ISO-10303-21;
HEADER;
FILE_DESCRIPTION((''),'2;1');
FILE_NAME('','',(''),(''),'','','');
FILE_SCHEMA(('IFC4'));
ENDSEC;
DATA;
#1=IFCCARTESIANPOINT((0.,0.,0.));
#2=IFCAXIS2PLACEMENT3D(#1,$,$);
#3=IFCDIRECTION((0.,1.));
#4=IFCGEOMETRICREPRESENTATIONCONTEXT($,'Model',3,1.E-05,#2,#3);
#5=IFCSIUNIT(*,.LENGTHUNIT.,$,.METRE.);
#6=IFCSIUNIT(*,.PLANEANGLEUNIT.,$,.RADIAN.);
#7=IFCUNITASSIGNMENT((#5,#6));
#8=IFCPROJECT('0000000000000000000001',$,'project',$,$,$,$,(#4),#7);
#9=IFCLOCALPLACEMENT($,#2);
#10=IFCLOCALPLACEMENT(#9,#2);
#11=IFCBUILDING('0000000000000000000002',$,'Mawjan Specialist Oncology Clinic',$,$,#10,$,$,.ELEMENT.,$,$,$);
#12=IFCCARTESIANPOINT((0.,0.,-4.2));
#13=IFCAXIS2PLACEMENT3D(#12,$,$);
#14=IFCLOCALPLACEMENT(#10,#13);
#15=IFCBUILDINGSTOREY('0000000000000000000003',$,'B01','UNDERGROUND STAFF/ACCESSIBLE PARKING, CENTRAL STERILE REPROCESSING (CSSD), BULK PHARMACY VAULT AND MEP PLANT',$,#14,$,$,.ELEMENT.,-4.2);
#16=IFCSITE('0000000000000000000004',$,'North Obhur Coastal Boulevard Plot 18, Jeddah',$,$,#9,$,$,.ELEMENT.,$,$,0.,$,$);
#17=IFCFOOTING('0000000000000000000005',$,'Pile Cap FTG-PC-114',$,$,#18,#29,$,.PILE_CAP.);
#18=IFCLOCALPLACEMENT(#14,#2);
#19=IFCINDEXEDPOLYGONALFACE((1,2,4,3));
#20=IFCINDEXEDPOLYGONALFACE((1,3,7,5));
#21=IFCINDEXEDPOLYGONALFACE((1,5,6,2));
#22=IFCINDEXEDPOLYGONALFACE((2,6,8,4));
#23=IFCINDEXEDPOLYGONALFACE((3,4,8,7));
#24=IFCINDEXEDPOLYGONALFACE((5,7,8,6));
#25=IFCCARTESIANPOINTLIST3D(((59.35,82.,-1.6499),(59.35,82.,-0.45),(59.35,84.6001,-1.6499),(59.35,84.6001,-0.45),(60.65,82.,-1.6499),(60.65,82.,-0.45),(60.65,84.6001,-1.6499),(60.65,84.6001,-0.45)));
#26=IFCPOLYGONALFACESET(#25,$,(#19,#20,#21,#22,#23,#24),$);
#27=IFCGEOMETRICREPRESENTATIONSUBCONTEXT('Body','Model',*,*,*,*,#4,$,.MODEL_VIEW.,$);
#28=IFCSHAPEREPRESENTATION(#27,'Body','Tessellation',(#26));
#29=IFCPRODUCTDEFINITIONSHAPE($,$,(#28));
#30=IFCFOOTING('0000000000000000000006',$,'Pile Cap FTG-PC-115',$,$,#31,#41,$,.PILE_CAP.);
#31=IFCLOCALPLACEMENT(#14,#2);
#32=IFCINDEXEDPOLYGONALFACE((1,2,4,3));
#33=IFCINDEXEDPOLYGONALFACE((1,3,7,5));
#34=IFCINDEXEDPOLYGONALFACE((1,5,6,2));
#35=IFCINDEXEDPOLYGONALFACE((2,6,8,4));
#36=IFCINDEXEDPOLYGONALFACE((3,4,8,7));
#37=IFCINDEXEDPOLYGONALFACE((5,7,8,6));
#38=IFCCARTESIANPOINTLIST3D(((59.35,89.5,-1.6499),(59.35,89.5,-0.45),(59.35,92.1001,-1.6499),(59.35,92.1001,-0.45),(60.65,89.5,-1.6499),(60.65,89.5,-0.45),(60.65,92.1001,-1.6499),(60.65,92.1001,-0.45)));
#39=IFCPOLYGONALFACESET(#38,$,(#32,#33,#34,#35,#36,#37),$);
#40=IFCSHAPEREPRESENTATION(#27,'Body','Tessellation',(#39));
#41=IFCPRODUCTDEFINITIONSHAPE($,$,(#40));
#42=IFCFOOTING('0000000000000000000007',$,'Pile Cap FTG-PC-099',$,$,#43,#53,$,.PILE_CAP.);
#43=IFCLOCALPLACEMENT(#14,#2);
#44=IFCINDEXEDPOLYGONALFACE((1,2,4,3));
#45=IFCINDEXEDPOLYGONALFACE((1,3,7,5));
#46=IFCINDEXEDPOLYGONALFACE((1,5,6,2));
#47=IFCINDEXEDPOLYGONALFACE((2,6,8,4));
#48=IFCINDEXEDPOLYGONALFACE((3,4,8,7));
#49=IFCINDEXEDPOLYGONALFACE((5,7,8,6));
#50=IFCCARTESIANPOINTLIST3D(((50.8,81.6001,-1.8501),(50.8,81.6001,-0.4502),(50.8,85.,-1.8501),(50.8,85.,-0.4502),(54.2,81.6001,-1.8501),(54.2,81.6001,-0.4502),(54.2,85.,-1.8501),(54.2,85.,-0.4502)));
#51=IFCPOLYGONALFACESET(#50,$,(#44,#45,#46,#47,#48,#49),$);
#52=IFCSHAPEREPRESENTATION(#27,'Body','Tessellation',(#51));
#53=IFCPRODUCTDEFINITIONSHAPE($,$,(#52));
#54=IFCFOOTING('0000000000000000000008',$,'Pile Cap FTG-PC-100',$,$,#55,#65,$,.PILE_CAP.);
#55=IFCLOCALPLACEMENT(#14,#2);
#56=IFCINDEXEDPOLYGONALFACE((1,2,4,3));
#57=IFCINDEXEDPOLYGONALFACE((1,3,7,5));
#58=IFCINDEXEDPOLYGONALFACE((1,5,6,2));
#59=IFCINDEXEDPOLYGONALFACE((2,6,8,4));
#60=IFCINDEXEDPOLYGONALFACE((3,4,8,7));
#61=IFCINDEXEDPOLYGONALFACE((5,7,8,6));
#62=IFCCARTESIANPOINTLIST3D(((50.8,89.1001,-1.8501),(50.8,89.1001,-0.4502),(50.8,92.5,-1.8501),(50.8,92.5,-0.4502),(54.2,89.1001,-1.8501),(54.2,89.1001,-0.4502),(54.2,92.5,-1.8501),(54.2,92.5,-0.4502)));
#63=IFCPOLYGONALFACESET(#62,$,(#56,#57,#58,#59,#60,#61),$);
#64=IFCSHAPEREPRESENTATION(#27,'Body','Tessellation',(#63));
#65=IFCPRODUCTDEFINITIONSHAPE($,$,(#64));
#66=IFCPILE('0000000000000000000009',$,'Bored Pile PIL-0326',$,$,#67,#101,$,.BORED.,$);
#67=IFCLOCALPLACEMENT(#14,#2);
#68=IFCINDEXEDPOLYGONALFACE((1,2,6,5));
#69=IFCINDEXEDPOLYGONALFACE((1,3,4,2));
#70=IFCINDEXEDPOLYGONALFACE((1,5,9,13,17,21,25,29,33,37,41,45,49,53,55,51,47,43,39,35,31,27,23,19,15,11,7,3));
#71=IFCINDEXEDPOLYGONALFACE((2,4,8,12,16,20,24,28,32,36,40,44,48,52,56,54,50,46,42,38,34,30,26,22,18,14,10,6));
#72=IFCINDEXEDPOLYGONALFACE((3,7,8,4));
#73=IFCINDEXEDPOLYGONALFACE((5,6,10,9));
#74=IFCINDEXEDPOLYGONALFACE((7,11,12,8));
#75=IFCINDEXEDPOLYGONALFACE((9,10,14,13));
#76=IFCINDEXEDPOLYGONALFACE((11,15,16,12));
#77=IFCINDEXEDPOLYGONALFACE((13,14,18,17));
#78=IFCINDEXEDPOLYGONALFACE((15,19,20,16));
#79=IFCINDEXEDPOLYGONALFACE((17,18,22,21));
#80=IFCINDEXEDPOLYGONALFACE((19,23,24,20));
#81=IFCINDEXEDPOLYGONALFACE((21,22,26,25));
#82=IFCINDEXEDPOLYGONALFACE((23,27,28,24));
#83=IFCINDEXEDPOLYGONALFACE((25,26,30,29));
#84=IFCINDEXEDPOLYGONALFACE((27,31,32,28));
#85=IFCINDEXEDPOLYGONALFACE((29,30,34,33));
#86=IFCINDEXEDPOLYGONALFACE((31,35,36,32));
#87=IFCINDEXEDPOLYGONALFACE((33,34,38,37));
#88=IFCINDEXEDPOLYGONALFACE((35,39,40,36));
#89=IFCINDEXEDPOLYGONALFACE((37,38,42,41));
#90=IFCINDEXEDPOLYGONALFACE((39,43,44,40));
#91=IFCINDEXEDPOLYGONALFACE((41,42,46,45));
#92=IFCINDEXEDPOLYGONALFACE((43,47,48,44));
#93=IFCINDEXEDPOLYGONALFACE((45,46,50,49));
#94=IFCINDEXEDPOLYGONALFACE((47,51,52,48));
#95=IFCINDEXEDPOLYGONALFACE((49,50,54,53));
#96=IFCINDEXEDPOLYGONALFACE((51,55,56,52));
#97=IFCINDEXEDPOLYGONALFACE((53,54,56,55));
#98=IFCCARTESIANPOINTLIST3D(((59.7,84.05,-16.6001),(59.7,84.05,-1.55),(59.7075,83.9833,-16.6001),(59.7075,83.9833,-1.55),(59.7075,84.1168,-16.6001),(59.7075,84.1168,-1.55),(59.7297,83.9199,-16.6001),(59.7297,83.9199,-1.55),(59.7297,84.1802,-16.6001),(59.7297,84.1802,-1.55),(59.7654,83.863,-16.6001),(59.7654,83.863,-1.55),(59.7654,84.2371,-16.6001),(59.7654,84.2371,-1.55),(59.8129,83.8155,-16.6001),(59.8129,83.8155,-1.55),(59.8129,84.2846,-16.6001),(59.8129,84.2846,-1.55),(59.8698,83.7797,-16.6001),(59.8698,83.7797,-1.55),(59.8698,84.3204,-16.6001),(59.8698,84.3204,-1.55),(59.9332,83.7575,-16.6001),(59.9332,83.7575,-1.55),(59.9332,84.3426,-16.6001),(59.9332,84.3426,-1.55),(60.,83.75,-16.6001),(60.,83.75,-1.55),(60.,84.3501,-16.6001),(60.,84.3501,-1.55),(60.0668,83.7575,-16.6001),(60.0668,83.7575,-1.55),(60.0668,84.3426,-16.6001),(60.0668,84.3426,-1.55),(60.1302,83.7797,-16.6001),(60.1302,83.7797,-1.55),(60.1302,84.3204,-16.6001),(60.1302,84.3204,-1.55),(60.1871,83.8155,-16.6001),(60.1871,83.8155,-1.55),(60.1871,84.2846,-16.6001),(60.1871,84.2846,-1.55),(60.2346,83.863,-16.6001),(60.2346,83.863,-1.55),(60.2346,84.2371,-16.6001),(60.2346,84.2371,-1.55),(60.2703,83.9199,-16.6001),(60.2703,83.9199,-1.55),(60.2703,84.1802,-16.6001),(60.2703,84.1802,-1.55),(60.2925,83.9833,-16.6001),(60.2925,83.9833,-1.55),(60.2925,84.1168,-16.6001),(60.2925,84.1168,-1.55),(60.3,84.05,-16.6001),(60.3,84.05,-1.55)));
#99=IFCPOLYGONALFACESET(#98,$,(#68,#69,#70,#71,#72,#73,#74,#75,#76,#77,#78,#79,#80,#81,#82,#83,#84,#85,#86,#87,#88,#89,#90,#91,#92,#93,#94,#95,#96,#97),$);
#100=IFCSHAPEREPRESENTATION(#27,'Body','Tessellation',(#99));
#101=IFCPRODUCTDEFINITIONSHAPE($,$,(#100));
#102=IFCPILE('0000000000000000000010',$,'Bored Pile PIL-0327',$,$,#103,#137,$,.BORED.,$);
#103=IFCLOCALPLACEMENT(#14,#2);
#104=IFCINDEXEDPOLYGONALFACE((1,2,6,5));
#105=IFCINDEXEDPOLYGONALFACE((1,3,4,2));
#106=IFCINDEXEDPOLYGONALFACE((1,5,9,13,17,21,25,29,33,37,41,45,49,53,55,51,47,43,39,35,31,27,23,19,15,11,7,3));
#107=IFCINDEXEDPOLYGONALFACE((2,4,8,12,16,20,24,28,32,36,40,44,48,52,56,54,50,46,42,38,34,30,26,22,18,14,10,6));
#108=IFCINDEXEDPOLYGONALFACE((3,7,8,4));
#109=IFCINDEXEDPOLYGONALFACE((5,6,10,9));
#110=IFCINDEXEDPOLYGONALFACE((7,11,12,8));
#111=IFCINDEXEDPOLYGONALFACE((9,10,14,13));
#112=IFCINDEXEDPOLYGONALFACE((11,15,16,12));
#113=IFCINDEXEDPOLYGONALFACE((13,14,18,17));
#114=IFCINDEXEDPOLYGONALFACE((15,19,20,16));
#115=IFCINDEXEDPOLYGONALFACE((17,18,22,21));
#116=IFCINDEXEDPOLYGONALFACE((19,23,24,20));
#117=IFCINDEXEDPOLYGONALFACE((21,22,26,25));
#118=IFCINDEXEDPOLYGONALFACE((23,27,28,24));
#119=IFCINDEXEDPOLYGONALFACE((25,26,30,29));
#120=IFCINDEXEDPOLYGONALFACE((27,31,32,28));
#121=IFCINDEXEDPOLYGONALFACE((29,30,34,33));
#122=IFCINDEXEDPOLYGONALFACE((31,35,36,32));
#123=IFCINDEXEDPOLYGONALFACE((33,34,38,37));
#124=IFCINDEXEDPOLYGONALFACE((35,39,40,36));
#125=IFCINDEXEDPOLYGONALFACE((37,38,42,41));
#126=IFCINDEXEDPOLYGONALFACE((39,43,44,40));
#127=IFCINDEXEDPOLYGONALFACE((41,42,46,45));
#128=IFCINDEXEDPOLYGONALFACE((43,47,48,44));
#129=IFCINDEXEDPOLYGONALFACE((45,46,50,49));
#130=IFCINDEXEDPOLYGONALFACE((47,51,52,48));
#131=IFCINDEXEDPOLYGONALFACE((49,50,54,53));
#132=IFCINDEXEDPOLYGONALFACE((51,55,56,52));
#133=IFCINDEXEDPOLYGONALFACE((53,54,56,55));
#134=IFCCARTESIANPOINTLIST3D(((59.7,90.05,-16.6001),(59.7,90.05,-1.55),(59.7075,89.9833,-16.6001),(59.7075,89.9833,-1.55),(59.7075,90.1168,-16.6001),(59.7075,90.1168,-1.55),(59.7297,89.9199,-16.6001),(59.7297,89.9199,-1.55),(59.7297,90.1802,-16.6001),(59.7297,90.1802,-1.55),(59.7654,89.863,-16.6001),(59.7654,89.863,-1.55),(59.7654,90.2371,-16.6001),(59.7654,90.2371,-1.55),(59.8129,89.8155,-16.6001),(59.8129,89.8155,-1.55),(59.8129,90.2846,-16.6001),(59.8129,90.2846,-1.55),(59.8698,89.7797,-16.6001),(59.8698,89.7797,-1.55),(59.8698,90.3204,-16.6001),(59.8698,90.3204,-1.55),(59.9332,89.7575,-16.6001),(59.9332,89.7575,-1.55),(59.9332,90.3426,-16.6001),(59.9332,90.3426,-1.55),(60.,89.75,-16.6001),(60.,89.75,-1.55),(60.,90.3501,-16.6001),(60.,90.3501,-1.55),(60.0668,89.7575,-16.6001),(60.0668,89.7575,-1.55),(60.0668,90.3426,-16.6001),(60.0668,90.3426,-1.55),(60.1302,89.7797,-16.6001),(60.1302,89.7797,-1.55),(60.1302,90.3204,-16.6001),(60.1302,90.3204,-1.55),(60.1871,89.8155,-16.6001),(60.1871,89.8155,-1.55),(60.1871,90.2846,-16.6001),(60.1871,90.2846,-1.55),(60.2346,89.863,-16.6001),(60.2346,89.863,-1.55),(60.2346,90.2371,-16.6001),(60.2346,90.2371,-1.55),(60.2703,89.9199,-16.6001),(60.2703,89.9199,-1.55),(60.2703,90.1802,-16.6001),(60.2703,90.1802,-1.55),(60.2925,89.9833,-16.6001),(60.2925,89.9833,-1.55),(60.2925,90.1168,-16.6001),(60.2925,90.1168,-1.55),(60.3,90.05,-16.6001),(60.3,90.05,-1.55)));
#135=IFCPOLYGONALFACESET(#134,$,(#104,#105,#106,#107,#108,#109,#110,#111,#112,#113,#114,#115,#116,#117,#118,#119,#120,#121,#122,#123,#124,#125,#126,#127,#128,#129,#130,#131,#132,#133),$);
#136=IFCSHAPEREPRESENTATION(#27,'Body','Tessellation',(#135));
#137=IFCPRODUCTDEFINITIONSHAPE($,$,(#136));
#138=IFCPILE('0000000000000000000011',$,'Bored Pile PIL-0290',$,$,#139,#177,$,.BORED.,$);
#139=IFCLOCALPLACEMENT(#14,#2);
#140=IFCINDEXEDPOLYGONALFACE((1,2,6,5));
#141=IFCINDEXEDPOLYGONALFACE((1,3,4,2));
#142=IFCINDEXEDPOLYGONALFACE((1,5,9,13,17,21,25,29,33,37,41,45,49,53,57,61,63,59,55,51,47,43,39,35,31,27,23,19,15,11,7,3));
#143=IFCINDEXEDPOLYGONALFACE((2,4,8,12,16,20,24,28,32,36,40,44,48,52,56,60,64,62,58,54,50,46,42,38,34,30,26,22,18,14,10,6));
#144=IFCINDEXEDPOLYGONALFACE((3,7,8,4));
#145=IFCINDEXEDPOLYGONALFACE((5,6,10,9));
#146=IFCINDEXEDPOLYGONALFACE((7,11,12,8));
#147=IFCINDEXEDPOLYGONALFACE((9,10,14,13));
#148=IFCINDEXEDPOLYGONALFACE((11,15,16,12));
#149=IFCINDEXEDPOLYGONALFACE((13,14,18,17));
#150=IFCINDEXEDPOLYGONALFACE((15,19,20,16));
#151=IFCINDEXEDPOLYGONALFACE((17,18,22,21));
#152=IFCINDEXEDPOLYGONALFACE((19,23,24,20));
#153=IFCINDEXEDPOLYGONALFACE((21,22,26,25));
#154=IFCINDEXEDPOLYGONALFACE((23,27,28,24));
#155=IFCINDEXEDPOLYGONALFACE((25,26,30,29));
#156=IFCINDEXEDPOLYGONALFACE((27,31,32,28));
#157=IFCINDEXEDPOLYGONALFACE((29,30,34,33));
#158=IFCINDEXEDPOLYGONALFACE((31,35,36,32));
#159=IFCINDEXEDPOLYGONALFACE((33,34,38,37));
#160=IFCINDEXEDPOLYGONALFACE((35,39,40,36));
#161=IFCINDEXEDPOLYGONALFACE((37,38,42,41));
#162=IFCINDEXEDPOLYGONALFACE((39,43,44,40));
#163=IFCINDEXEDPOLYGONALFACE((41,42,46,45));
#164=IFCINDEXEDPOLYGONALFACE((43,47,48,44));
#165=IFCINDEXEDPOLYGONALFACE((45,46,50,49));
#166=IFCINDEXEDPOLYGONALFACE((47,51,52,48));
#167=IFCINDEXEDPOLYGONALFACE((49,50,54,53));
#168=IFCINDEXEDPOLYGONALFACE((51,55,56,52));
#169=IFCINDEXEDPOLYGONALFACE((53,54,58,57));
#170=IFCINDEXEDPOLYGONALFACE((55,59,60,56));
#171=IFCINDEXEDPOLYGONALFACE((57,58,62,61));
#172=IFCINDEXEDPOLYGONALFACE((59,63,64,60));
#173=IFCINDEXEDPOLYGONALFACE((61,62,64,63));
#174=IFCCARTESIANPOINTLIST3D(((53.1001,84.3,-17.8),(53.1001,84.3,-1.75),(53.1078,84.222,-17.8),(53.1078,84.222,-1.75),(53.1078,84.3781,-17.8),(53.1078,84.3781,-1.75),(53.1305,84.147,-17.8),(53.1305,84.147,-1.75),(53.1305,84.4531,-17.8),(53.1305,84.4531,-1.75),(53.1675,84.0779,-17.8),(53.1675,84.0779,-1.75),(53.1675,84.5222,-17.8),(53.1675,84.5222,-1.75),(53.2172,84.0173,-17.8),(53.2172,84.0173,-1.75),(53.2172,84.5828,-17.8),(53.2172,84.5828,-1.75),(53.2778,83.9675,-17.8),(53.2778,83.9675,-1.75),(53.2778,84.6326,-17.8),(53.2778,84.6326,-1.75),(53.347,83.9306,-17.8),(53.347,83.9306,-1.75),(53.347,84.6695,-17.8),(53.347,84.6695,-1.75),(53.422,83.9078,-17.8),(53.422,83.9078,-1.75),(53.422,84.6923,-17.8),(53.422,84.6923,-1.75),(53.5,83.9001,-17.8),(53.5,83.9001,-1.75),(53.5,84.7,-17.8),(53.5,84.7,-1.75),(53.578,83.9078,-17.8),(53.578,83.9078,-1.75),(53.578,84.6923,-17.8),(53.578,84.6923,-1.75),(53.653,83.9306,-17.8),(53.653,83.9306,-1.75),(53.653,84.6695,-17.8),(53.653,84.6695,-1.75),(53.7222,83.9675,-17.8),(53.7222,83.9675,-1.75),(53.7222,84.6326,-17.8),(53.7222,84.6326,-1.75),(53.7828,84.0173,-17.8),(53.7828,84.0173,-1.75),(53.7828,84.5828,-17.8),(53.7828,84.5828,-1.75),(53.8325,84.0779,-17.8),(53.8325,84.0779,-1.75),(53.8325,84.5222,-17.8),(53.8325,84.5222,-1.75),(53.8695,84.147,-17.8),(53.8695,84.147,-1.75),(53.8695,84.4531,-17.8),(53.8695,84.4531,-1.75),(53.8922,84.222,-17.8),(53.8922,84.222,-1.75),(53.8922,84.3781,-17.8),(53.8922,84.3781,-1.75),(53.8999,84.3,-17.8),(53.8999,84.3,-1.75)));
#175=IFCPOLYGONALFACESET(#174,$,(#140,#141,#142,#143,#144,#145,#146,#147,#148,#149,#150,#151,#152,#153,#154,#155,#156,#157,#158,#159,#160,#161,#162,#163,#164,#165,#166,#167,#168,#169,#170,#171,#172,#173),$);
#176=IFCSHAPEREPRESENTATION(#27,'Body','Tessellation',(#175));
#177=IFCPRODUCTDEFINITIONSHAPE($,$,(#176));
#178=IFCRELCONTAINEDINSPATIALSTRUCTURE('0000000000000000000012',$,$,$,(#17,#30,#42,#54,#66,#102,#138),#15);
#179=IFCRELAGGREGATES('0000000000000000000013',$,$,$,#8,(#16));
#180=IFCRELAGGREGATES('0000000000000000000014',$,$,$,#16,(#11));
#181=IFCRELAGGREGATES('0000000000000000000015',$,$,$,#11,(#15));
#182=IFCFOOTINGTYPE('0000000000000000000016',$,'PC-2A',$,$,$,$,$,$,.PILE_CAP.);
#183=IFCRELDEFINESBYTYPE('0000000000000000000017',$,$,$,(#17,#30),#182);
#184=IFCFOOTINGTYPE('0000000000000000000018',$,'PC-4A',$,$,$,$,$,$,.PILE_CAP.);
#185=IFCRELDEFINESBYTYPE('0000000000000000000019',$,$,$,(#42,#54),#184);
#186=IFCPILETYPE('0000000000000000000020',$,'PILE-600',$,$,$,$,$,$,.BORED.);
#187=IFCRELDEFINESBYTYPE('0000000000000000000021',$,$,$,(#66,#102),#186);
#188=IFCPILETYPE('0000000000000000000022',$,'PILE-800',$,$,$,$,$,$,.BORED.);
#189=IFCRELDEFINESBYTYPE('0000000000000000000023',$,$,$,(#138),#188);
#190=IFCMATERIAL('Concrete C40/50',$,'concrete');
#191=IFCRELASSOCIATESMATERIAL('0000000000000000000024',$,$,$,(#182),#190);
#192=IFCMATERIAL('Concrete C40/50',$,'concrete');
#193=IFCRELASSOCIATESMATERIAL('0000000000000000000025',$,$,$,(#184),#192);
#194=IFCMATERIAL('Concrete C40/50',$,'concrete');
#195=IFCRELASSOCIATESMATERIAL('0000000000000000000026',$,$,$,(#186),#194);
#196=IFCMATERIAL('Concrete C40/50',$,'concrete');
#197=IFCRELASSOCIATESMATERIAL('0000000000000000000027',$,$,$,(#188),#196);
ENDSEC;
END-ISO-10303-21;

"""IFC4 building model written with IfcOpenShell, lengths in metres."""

from ifc_helpers import new_model, si_unit, direction, frame, origin, origin_2d, place, context, subcontext, project, spatial, rectangle, circle, extrude, material, material_profile, profile_set, type_object, element, save


model = new_model("IFC4")

# Units and contexts
model_context = context("Model", 3, precision=1e-05, world=origin(), true_north=direction((0.0, 1.0)))
body_context = subcontext(model_context, "Body", "Model", "MODEL_VIEW")
ifc_project = project(units=[si_unit("LENGTHUNIT", "METRE"), si_unit("PLANEANGLEUNIT", "RADIAN")], contexts=[model_context])

# Site, building, storey
site_placement = place(None, origin())
site = spatial("IfcSite", under=ifc_project, at=site_placement, Name="North Obhur Coastal Boulevard Plot 18, Jeddah", CompositionType="ELEMENT", RefElevation=0.0)
building_placement = place(site_placement, origin())
building = spatial("IfcBuilding", under=site, at=building_placement, Name="Mawjan Specialist Oncology Clinic", CompositionType="ELEMENT")
storey_placement = place(building_placement, frame((0.0, 0.0, -4.2)))
storey = spatial("IfcBuildingStorey", under=building, at=storey_placement, Name="B01", Description="UNDERGROUND STAFF/ACCESSIBLE PARKING, CENTRAL STERILE REPROCESSING (CSSD), BULK PHARMACY VAULT AND MEP PLANT", CompositionType="ELEMENT", Elevation=-4.2)

# Footings
ifc_material_1 = material(Name="Concrete C40/50", Category="concrete")
footing_type_1 = type_object("IfcFootingType", Name="PC-2A", PredefinedType="PILE_CAP", material=ifc_material_1)
for number, where, z_axis, x_axis, name in (
    (1, (60.0, 83.3, -1.6499), (0.0, 0.0, 1.0), (0.0, 1.0, 0.0), "Pile Cap FTG-PC-114"),
    (2, (60.0, 90.8, -1.6499), (0.0, 0.0, 1.0), (0.0, 1.0, 0.0), "Pile Cap FTG-PC-115"),
):
    element("IfcFooting", number, at=place(storey_placement, frame(where, z_axis=z_axis, x_axis=x_axis)), inside=storey, type_object=footing_type_1, Name=name, PredefinedType="PILE_CAP", context=body_context, shape_type="SweptSolid", body=[
        extrude(rectangle(XDim=2.6001, YDim=1.3, at=origin_2d()), origin(), (0.0, 0.0, 1.0), 1.2),
    ])
ifc_material_2 = material(Name="Concrete C40/50", Category="concrete")
footing_type_2 = type_object("IfcFootingType", Name="PC-4A", PredefinedType="PILE_CAP", material=ifc_material_2)
for number, where, z_axis, x_axis, name in (
    (3, (52.5, 83.3, -1.8501), (0.0, 0.0, 1.0), (1.0, 0.0, 0.0), "Pile Cap FTG-PC-099"),
    (4, (52.5, 90.8, -1.8501), (0.0, 0.0, 1.0), (1.0, 0.0, 0.0), "Pile Cap FTG-PC-100"),
):
    element("IfcFooting", number, at=place(storey_placement, frame(where, z_axis=z_axis, x_axis=x_axis)), inside=storey, type_object=footing_type_2, Name=name, PredefinedType="PILE_CAP", context=body_context, shape_type="SweptSolid", body=[
        extrude(rectangle(XDim=3.3999, YDim=3.3999, at=origin_2d()), origin(), (0.0, 0.0, 1.0), 1.3999),
    ])

# Piles
ifc_material_3 = material(Name="Concrete C40/50", Category="concrete")
ifc_material_profile_1 = material_profile(ifc_material_3, circle(Radius=0.3, at=origin_2d()), Name="BORED PILE D600", Category="concrete")
ifc_profile_set_1 = profile_set([ifc_material_profile_1], Name="Concrete C40/50")
pile_type_1 = type_object("IfcPileType", Name="PILE-600", PredefinedType="BORED", material=ifc_profile_set_1)
for number, where, z_axis, x_axis, name in (
    (5, (60.0, 84.05, -1.55), (0.0, 0.0, -1.0), (1.0, 0.0, 0.0), "Bored Pile PIL-0326"),
    (6, (60.0, 90.05, -1.55), (0.0, 0.0, -1.0), (1.0, 0.0, 0.0), "Bored Pile PIL-0327"),
):
    element("IfcPile", number, at=place(storey_placement, frame(where, z_axis=z_axis, x_axis=x_axis)), inside=storey, type_object=pile_type_1, Name=name, PredefinedType="BORED", context=body_context, shape_type="SweptSolid", body=[
        extrude(circle(Radius=0.3, at=origin_2d()), origin(), (0.0, 0.0, 1.0), 15.05),
    ])
ifc_material_4 = material(Name="Concrete C40/50", Category="concrete")
ifc_material_profile_2 = material_profile(ifc_material_4, circle(Radius=0.3999, at=origin_2d()), Name="BORED PILE D800", Category="concrete")
ifc_profile_set_2 = profile_set([ifc_material_profile_2], Name="Concrete C40/50")
pile_type_2 = type_object("IfcPileType", Name="PILE-800", PredefinedType="BORED", material=ifc_profile_set_2)
for number, where, z_axis, x_axis, name in (
    (7, (53.5, 84.3, -1.75), (0.0, 0.0, -1.0), (1.0, 0.0, 0.0), "Bored Pile PIL-0290"),
):
    element("IfcPile", number, at=place(storey_placement, frame(where, z_axis=z_axis, x_axis=x_axis)), inside=storey, type_object=pile_type_2, Name=name, PredefinedType="BORED", context=body_context, shape_type="SweptSolid", body=[
        extrude(circle(Radius=0.3999, at=origin_2d()), origin(), (0.0, 0.0, 1.0), 16.05),
    ])

save(model, "model.ifc")
